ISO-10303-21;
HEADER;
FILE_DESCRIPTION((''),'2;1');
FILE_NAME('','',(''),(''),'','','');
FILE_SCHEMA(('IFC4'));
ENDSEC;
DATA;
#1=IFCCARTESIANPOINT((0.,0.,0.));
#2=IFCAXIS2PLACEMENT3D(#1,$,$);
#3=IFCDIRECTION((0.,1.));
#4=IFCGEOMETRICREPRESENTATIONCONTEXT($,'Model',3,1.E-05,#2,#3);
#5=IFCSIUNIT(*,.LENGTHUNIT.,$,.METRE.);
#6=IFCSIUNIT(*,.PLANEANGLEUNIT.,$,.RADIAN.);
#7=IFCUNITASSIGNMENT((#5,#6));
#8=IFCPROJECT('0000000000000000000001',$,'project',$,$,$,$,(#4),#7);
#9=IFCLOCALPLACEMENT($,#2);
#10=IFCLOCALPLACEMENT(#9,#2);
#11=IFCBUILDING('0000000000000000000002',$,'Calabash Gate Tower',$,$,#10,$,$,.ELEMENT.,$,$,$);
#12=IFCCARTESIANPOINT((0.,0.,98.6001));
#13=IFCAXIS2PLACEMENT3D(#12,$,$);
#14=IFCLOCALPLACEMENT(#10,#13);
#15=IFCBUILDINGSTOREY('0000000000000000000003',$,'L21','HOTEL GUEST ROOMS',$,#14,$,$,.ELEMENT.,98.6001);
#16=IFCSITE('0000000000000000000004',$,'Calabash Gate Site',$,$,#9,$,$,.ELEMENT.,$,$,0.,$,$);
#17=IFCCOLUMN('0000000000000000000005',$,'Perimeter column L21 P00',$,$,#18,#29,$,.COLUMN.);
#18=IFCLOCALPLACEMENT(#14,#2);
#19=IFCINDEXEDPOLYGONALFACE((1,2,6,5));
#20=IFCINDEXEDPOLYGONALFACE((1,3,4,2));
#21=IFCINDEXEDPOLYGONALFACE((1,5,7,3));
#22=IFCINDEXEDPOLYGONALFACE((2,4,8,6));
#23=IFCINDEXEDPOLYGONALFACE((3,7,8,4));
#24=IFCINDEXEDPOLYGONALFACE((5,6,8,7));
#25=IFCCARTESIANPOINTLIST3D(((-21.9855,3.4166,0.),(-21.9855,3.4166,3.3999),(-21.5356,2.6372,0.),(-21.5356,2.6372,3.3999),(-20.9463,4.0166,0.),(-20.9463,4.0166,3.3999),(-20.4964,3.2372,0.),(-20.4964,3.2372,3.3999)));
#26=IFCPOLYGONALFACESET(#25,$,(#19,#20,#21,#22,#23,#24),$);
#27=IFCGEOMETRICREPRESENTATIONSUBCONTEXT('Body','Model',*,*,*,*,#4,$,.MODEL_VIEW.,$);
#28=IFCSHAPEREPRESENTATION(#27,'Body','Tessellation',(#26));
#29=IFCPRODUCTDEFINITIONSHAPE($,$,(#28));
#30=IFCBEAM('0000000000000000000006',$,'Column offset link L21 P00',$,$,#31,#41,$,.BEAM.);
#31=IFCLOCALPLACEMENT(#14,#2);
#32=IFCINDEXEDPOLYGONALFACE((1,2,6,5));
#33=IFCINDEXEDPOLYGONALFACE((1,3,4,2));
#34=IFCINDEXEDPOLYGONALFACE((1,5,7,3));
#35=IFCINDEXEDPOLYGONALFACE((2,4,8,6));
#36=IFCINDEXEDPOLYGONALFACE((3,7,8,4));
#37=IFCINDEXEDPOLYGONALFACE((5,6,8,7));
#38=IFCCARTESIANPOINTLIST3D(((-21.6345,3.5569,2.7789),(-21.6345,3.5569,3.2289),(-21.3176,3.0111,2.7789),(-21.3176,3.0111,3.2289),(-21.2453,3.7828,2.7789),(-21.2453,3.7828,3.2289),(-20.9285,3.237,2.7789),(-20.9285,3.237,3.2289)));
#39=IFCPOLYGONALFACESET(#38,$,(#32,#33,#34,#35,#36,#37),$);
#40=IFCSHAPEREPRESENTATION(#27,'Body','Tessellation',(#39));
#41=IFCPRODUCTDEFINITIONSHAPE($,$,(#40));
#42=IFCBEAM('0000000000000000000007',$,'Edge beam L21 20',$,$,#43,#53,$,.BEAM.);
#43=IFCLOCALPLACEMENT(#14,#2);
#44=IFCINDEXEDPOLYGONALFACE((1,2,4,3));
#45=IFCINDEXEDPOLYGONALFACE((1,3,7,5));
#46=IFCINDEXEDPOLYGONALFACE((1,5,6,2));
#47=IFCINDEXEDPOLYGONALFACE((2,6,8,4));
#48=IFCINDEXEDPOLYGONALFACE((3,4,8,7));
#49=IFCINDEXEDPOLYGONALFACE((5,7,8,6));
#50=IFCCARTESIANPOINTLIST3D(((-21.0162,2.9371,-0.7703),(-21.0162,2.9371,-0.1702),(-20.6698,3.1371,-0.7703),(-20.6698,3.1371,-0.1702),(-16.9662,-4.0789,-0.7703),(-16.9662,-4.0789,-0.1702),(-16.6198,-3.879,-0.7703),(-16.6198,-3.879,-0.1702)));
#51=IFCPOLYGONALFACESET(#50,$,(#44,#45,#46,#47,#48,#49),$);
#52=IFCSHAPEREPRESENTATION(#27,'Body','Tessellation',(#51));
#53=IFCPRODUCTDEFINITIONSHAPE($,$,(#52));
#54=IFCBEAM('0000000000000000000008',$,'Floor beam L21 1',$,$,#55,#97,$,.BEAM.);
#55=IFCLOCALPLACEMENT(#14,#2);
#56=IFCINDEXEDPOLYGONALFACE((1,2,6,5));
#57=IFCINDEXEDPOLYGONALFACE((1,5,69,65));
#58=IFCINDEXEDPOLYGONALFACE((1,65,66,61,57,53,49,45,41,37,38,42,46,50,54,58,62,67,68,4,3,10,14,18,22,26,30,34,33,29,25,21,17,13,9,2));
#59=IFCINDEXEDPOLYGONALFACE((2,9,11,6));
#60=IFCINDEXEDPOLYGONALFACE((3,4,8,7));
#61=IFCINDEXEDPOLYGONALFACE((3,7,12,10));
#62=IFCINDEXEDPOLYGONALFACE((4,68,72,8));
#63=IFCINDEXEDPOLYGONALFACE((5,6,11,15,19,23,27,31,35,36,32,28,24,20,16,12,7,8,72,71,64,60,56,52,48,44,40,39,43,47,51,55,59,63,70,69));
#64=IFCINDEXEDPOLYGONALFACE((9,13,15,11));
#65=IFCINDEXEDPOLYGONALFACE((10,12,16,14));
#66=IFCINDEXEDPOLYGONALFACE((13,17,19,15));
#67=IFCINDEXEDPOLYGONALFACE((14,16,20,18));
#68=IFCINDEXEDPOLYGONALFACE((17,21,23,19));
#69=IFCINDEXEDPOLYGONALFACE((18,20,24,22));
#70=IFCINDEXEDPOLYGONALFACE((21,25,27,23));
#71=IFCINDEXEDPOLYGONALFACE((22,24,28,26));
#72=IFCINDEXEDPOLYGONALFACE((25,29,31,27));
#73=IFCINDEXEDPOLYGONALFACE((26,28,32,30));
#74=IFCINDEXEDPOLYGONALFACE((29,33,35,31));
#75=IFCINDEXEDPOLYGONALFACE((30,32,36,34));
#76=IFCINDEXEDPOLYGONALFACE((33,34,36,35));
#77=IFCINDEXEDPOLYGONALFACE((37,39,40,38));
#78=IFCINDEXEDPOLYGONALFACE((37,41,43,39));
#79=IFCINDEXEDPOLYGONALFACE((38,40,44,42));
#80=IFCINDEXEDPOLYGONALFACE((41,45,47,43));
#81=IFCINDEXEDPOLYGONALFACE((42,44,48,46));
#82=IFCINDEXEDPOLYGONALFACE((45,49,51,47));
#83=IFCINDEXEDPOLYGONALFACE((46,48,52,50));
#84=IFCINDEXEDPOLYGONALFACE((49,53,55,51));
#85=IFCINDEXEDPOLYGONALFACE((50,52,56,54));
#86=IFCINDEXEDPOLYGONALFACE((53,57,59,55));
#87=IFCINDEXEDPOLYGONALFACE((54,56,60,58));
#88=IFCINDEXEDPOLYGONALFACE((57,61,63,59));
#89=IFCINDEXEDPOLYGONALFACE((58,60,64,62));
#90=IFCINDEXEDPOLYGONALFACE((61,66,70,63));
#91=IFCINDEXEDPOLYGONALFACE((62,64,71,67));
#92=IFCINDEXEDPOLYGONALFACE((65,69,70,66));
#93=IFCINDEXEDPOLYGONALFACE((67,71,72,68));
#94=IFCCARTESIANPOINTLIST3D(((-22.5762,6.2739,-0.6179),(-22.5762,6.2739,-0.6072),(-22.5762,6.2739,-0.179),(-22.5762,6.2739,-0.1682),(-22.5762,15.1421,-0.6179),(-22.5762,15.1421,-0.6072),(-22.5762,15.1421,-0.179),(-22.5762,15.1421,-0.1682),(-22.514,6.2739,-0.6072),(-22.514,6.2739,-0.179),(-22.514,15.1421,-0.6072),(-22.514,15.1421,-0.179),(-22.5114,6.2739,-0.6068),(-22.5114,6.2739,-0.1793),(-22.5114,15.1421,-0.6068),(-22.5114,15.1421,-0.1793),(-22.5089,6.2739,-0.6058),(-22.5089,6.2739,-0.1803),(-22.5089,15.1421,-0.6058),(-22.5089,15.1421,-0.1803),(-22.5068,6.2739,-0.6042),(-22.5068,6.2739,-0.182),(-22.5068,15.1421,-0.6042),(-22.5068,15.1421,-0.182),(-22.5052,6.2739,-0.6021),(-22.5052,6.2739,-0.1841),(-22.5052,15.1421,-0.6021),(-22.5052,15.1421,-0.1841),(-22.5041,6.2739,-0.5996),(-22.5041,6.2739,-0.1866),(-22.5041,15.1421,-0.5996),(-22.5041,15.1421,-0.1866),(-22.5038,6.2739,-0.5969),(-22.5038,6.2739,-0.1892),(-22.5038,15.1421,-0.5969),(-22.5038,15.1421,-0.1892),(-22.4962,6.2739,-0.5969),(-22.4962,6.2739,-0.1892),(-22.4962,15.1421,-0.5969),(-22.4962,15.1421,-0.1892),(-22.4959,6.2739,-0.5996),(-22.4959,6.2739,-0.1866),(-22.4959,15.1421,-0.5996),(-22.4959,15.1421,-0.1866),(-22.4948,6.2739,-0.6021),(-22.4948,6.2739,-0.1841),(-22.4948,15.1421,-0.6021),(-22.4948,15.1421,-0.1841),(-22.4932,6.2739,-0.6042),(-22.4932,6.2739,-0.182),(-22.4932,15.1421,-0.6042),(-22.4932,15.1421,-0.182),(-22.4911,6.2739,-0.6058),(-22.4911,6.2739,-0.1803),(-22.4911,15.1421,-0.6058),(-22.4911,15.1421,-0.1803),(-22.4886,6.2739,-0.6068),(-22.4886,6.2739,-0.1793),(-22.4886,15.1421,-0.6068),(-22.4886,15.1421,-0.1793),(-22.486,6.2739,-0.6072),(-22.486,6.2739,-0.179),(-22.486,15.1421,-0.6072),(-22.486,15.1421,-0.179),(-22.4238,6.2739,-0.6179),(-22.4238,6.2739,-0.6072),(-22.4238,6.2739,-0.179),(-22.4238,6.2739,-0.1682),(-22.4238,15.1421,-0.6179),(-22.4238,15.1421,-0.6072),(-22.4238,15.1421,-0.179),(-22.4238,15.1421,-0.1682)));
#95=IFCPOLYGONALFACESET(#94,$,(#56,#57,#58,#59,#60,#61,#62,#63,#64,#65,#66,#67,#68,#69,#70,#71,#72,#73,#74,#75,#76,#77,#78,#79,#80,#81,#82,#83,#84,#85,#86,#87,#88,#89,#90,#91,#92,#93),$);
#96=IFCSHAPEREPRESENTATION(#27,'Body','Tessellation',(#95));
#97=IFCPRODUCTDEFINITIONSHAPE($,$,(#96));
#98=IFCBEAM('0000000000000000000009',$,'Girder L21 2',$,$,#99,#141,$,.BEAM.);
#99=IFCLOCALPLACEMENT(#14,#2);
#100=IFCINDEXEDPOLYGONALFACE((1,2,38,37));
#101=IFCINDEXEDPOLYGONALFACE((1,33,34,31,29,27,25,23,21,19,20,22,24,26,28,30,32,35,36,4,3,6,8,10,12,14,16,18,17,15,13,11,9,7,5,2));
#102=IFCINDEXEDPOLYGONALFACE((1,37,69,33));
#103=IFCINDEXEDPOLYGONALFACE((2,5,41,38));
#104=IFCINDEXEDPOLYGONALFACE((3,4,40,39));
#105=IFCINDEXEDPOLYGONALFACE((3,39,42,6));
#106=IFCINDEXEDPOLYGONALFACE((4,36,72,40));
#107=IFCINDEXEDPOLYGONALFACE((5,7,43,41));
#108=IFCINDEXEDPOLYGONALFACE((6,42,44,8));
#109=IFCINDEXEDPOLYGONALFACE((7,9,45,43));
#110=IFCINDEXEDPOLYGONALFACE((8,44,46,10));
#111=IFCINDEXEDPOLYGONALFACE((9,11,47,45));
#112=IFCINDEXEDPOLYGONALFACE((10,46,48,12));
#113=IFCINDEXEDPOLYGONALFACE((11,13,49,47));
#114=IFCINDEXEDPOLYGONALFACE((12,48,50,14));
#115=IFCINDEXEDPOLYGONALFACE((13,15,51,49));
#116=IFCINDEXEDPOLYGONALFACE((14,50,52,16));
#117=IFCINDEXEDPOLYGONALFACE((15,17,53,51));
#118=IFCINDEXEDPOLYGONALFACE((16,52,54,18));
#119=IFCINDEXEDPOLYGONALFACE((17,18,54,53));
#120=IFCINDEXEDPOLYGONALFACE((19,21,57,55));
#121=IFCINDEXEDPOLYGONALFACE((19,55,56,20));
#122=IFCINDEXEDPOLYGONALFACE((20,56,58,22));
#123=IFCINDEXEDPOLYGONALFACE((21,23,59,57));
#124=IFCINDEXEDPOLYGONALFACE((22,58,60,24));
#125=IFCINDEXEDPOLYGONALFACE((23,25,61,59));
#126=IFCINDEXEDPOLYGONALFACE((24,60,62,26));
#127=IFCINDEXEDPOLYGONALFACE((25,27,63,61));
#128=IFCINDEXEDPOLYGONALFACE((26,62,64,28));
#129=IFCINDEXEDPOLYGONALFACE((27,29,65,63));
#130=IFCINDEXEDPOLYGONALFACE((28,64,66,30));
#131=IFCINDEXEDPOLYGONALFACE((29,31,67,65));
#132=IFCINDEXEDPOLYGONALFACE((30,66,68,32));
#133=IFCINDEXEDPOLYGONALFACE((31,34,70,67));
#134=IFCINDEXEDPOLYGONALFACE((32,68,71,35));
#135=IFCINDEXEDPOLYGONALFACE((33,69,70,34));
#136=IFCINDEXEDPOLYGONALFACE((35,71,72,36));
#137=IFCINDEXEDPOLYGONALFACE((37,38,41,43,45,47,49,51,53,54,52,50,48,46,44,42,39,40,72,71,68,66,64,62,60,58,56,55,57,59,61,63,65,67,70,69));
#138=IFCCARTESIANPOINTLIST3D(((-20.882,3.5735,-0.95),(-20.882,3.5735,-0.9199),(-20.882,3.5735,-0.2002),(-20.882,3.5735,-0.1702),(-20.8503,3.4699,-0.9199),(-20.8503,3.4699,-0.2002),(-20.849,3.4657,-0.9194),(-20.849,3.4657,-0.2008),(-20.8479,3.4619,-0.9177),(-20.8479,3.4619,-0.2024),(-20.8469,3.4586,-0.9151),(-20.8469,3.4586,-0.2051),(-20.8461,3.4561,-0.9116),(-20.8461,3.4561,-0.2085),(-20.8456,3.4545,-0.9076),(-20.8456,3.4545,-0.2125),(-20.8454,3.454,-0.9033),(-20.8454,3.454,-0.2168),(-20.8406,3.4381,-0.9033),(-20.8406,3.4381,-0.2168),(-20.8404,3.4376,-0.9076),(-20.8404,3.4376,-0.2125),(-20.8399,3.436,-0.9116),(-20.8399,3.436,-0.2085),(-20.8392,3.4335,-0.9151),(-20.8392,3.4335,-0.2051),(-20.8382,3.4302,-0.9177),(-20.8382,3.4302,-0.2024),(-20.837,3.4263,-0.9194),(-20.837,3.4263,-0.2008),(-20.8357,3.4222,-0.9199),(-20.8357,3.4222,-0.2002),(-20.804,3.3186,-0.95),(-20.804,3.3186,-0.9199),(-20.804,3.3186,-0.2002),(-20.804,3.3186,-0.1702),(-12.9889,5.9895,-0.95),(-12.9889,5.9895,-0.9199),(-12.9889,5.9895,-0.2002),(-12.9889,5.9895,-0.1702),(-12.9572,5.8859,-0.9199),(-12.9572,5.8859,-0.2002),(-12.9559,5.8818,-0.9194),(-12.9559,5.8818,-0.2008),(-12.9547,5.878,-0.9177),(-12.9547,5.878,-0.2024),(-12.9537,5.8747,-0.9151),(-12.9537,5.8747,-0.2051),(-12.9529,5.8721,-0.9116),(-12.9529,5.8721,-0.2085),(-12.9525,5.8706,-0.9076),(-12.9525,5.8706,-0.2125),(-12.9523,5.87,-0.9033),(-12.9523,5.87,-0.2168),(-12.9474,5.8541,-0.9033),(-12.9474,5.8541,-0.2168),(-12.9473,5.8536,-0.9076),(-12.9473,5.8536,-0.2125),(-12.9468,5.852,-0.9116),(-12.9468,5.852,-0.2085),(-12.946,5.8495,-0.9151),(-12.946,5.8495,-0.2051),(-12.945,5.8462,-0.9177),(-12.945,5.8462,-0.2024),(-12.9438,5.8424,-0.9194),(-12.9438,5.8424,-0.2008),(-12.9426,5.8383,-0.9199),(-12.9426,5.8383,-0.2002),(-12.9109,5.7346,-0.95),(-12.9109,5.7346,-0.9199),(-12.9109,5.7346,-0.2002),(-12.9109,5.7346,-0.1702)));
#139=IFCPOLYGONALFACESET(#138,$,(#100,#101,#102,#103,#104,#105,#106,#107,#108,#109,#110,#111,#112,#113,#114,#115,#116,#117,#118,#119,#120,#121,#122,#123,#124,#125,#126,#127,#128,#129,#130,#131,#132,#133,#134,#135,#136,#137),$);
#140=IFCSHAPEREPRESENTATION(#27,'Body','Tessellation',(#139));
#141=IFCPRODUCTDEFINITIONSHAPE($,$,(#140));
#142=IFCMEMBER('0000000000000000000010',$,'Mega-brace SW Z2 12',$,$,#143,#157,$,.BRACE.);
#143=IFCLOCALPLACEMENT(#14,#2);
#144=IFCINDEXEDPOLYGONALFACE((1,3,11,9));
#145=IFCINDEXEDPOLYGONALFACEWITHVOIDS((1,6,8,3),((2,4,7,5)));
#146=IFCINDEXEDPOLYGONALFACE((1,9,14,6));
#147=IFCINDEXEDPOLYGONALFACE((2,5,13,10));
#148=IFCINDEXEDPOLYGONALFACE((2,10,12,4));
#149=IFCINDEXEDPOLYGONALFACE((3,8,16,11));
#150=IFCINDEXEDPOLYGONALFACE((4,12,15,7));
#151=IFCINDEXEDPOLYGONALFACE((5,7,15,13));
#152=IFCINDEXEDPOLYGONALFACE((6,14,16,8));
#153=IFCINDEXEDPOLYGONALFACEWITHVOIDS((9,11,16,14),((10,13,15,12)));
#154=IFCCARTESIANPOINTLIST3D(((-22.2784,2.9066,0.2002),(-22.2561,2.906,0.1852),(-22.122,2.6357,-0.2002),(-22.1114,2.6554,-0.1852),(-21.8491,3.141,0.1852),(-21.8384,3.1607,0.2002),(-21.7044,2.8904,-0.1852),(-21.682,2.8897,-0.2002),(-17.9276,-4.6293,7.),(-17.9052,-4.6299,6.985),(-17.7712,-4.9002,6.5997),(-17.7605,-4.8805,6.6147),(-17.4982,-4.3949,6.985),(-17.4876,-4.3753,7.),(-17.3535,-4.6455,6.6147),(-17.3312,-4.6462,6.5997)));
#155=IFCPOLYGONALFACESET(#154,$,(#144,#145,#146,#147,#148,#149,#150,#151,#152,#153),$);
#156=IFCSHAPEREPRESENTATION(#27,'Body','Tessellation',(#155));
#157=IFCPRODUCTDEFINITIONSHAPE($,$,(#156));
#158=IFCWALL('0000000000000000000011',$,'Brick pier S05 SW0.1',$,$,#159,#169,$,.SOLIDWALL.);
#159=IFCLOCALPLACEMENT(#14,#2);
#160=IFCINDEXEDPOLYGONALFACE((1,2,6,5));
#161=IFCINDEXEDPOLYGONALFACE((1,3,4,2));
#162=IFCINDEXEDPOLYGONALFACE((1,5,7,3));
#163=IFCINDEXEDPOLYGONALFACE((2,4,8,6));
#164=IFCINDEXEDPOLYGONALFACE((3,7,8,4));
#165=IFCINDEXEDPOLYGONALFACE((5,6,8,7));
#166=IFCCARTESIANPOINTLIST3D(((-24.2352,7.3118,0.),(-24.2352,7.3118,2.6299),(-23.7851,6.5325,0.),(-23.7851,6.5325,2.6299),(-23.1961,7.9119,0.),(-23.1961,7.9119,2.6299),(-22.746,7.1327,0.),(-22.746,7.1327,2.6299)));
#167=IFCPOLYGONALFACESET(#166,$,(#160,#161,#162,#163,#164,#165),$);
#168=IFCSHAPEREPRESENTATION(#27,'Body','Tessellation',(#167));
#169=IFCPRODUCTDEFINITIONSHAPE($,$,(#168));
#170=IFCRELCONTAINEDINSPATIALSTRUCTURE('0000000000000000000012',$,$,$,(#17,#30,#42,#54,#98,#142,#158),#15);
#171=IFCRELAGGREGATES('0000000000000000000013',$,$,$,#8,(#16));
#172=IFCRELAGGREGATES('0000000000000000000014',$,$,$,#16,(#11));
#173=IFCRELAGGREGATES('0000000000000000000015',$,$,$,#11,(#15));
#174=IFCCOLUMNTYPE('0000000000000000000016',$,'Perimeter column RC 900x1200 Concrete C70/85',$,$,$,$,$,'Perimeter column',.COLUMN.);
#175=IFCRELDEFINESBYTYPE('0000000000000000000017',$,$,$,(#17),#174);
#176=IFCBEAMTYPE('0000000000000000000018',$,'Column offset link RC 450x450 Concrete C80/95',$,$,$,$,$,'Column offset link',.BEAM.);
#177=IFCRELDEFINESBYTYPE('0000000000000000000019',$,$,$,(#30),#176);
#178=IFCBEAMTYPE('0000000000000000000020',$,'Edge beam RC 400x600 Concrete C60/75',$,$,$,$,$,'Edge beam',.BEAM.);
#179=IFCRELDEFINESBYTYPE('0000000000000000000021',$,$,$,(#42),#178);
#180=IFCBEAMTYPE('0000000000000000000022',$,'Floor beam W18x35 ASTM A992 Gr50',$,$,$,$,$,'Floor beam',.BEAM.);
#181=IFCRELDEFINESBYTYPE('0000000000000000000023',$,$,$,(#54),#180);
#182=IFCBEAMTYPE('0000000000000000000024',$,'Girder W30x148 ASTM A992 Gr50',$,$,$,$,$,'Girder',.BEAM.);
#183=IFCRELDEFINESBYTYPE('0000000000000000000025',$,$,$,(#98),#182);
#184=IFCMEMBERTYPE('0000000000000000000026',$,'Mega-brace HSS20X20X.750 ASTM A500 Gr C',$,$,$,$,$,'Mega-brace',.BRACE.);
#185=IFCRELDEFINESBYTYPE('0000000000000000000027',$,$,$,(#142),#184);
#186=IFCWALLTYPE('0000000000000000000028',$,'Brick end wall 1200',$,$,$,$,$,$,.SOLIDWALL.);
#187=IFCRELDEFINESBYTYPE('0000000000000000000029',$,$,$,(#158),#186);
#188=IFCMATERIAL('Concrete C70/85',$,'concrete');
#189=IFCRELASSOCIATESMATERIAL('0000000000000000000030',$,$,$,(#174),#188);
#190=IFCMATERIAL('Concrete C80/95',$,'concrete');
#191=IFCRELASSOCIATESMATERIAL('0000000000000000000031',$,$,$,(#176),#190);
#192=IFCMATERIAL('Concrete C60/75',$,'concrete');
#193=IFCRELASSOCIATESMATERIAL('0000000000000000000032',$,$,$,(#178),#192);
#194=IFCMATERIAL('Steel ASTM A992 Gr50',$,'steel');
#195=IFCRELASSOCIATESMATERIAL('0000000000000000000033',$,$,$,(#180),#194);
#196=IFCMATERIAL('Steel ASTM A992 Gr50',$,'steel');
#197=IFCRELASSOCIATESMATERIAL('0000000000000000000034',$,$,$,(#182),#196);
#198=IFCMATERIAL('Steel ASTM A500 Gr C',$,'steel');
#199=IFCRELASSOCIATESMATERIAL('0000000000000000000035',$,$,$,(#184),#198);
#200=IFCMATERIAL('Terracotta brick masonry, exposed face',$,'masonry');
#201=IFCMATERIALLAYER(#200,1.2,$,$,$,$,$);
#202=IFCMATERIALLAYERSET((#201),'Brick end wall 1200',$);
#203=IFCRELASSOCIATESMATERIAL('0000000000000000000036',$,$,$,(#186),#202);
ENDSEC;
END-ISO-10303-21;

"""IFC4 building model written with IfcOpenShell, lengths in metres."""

from ifc_helpers import new_model, si_unit, direction, frame, frame_2d, origin, origin_2d, place, context, subcontext, project, spatial, rectangle, hollow_rectangle, i_section, extrude, material, layer, layer_set, material_profile, profile_set, type_object, element, save


model = new_model("IFC4")

# Units and contexts
model_context = context("Model", 3, precision=1e-05, world=origin(), true_north=direction((0.0, 1.0)))
body_context = subcontext(model_context, "Body", "Model", "MODEL_VIEW")
ifc_project = project(units=[si_unit("LENGTHUNIT", "METRE"), si_unit("PLANEANGLEUNIT", "RADIAN")], contexts=[model_context])

# Site, building, storey
site_placement = place(None, origin())
site = spatial("IfcSite", under=ifc_project, at=site_placement, Name="Calabash Gate Site", CompositionType="ELEMENT", RefElevation=0.0)
building_placement = place(site_placement, origin())
building = spatial("IfcBuilding", under=site, at=building_placement, Name="Calabash Gate Tower", CompositionType="ELEMENT")
storey_placement = place(building_placement, frame((0.0, 0.0, 98.6001)))
storey = spatial("IfcBuildingStorey", under=building, at=storey_placement, Name="L21", Description="HOTEL GUEST ROOMS", CompositionType="ELEMENT", Elevation=98.6001)

# Column
ifc_material_1 = material(Name="Concrete C70/85", Category="concrete")
ifc_material_profile_1 = material_profile(ifc_material_1, rectangle(XDim=0.8999, YDim=1.2, at=origin_2d()))
ifc_profile_set_1 = profile_set([ifc_material_profile_1], Name="Concrete C70/85")
column_type = type_object("IfcColumnType", Name="Perimeter column RC 900x1200 Concrete C70/85", ElementType="Perimeter column", PredefinedType="COLUMN", material=ifc_profile_set_1)
column_placement = place(storey_placement, frame((-21.241, 3.3269, 0.0), z_axis=(0.0, 0.0, 1.0), x_axis=(0.5, -0.866025, 0.0)))
element("IfcColumn", 1, at=column_placement, inside=storey, type_object=column_type, Name="Perimeter column L21 P00", PredefinedType="COLUMN", context=body_context, shape_type="SweptSolid", body=[
    extrude(rectangle(XDim=0.8999, YDim=1.2, at=origin_2d()), origin(), (0.0, 0.0, 1.0), 3.3999),
])

# Beams
ifc_material_2 = material(Name="Concrete C80/95", Category="concrete")
ifc_material_profile_2 = material_profile(ifc_material_2, rectangle(XDim=0.45, YDim=0.45, at=origin_2d()))
ifc_profile_set_2 = profile_set([ifc_material_profile_2], Name="Concrete C80/95")
beam_type_1 = type_object("IfcBeamType", Name="Column offset link RC 450x450 Concrete C80/95", ElementType="Column offset link", PredefinedType="BEAM", material=ifc_profile_set_2)
beam_1_placement = place(storey_placement, frame((-21.123, 3.124, 3.0039), z_axis=(-0.502042, 0.864843, 0.0), x_axis=(-0.864843, -0.502042, 0.0)))
element("IfcBeam", 2, at=beam_1_placement, inside=storey, type_object=beam_type_1, Name="Column offset link L21 P00", PredefinedType="BEAM", context=body_context, shape_type="SweptSolid", body=[
    extrude(rectangle(XDim=0.45, YDim=0.45, at=origin_2d()), origin(), (0.0, 0.0, 1.0), 0.6311),
])
ifc_material_3 = material(Name="Concrete C60/75", Category="concrete")
ifc_material_profile_3 = material_profile(ifc_material_3, rectangle(XDim=0.3999, YDim=0.6001, at=origin_2d()))
ifc_profile_set_3 = profile_set([ifc_material_profile_3], Name="Concrete C60/75")
beam_type_2 = type_object("IfcBeamType", Name="Edge beam RC 400x600 Concrete C60/75", ElementType="Edge beam", PredefinedType="BEAM", material=ifc_profile_set_3)
beam_2_placement = place(storey_placement, frame((-20.843, 3.0371, -0.4702), z_axis=(0.499935, -0.866063, 0.0), x_axis=(0.866063, 0.499935, 0.0)))
element("IfcBeam", 3, at=beam_2_placement, inside=storey, type_object=beam_type_2, Name="Edge beam L21 20", PredefinedType="BEAM", context=body_context, shape_type="SweptSolid", body=[
    extrude(rectangle(XDim=0.3999, YDim=0.6001, at=origin_2d()), origin(), (0.0, 0.0, 1.0), 8.1011),
])
ifc_material_4 = material(Name="Steel ASTM A992 Gr50", Category="steel")
ifc_material_profile_4 = material_profile(ifc_material_4, i_section(OverallWidth=0.1523, OverallDepth=0.4497, WebThickness=0.0076, FlangeThickness=0.0107, FilletRadius=0.0103, at=origin_2d()))
ifc_profile_set_4 = profile_set([ifc_material_profile_4], Name="Steel ASTM A992 Gr50")
beam_type_3 = type_object("IfcBeamType", Name="Floor beam W18x35 ASTM A992 Gr50", ElementType="Floor beam", PredefinedType="BEAM", material=ifc_profile_set_4)
beam_3_placement = place(storey_placement, frame((-22.5, 6.2739, -0.3931), z_axis=(0.0, 1.0, 0.0), x_axis=(-1.0, 0.0, 0.0)))
element("IfcBeam", 4, at=beam_3_placement, inside=storey, type_object=beam_type_3, Name="Floor beam L21 1", PredefinedType="BEAM", context=body_context, shape_type="SweptSolid", body=[
    extrude(i_section(OverallWidth=0.1523, OverallDepth=0.4497, WebThickness=0.0076, FlangeThickness=0.0107, FilletRadius=0.0103, at=origin_2d()), origin(), (0.0, 0.0, 1.0), 8.8682),
])
ifc_material_5 = material(Name="Steel ASTM A992 Gr50", Category="steel")
ifc_material_profile_5 = material_profile(ifc_material_5, i_section(OverallWidth=0.2666, OverallDepth=0.7798, WebThickness=0.0166, FlangeThickness=0.03, FilletRadius=0.0166, at=origin_2d()))
ifc_profile_set_5 = profile_set([ifc_material_profile_5], Name="Steel ASTM A992 Gr50")
beam_type_4 = type_object("IfcBeamType", Name="Girder W30x148 ASTM A992 Gr50", ElementType="Girder", PredefinedType="BEAM", material=ifc_profile_set_5)
beam_4_placement = place(storey_placement, frame((-20.843, 3.446, -0.5601), z_axis=(0.956208, 0.292689, 0.0), x_axis=(-0.292689, 0.956208, 0.0)))
element("IfcBeam", 5, at=beam_4_placement, inside=storey, type_object=beam_type_4, Name="Girder L21 2", PredefinedType="BEAM", context=body_context, shape_type="SweptSolid", body=[
    extrude(i_section(OverallWidth=0.2666, OverallDepth=0.7798, WebThickness=0.0166, FlangeThickness=0.03, FilletRadius=0.0166, at=origin_2d()), origin(), (0.0, 0.0, 1.0), 8.2546),
])

# Member
ifc_material_6 = material(Name="Steel ASTM A500 Gr C", Category="steel")
ifc_material_profile_6 = material_profile(ifc_material_6, hollow_rectangle(XDim=0.5081, YDim=0.5081, WallThickness=0.019, at=origin_2d()))
ifc_profile_set_6 = profile_set([ifc_material_profile_6], Name="Steel ASTM A500 Gr C")
member_type = type_object("IfcMemberType", Name="Mega-brace HSS20X20X.750 ASTM A500 Gr C", ElementType="Mega-brace", PredefinedType="BRACE", material=ifc_profile_set_6)
member_placement = place(storey_placement, frame((-21.9802, 2.8982, 0.0), z_axis=(0.393976, -0.682388, 0.615735), x_axis=(0.866026, 0.499999, 0.0)))
element("IfcMember", 6, at=member_placement, inside=storey, type_object=member_type, Name="Mega-brace SW Z2 12", PredefinedType="BRACE", context=body_context, shape_type="SweptSolid", body=[
    extrude(hollow_rectangle(XDim=0.5081, YDim=0.5081, WallThickness=0.019, at=origin_2d()), origin(), (0.0, 0.0, 1.0), 11.0435),
])

# Wall
ifc_material_7 = material(Name="Terracotta brick masonry, exposed face", Category="masonry")
ifc_layer_1 = layer(ifc_material_7, 1.2)
ifc_layer_set_1 = layer_set([ifc_layer_1], Name="Brick end wall 1200")
wall_type_1 = type_object("IfcWallType", Name="Brick end wall 1200", PredefinedType="SOLIDWALL", material=ifc_layer_set_1)
wall_1_placement = place(storey_placement, frame((-24.0103, 6.9221, 0.0), z_axis=(0.0, 0.0, 1.0), x_axis=(0.865955, 0.500122, 0.0)))
element("IfcWall", 7, at=wall_1_placement, inside=storey, type_object=wall_type_1, Name="Brick pier S05 SW0.1", PredefinedType="SOLIDWALL", context=body_context, shape_type="SweptSolid", body=[
    extrude(rectangle(XDim=1.2, YDim=0.8999, at=frame_2d((0.6001, 0.0))), origin(), (0.0, 0.0, 1.0), 2.6299),
])

save(model, "model.ifc")
